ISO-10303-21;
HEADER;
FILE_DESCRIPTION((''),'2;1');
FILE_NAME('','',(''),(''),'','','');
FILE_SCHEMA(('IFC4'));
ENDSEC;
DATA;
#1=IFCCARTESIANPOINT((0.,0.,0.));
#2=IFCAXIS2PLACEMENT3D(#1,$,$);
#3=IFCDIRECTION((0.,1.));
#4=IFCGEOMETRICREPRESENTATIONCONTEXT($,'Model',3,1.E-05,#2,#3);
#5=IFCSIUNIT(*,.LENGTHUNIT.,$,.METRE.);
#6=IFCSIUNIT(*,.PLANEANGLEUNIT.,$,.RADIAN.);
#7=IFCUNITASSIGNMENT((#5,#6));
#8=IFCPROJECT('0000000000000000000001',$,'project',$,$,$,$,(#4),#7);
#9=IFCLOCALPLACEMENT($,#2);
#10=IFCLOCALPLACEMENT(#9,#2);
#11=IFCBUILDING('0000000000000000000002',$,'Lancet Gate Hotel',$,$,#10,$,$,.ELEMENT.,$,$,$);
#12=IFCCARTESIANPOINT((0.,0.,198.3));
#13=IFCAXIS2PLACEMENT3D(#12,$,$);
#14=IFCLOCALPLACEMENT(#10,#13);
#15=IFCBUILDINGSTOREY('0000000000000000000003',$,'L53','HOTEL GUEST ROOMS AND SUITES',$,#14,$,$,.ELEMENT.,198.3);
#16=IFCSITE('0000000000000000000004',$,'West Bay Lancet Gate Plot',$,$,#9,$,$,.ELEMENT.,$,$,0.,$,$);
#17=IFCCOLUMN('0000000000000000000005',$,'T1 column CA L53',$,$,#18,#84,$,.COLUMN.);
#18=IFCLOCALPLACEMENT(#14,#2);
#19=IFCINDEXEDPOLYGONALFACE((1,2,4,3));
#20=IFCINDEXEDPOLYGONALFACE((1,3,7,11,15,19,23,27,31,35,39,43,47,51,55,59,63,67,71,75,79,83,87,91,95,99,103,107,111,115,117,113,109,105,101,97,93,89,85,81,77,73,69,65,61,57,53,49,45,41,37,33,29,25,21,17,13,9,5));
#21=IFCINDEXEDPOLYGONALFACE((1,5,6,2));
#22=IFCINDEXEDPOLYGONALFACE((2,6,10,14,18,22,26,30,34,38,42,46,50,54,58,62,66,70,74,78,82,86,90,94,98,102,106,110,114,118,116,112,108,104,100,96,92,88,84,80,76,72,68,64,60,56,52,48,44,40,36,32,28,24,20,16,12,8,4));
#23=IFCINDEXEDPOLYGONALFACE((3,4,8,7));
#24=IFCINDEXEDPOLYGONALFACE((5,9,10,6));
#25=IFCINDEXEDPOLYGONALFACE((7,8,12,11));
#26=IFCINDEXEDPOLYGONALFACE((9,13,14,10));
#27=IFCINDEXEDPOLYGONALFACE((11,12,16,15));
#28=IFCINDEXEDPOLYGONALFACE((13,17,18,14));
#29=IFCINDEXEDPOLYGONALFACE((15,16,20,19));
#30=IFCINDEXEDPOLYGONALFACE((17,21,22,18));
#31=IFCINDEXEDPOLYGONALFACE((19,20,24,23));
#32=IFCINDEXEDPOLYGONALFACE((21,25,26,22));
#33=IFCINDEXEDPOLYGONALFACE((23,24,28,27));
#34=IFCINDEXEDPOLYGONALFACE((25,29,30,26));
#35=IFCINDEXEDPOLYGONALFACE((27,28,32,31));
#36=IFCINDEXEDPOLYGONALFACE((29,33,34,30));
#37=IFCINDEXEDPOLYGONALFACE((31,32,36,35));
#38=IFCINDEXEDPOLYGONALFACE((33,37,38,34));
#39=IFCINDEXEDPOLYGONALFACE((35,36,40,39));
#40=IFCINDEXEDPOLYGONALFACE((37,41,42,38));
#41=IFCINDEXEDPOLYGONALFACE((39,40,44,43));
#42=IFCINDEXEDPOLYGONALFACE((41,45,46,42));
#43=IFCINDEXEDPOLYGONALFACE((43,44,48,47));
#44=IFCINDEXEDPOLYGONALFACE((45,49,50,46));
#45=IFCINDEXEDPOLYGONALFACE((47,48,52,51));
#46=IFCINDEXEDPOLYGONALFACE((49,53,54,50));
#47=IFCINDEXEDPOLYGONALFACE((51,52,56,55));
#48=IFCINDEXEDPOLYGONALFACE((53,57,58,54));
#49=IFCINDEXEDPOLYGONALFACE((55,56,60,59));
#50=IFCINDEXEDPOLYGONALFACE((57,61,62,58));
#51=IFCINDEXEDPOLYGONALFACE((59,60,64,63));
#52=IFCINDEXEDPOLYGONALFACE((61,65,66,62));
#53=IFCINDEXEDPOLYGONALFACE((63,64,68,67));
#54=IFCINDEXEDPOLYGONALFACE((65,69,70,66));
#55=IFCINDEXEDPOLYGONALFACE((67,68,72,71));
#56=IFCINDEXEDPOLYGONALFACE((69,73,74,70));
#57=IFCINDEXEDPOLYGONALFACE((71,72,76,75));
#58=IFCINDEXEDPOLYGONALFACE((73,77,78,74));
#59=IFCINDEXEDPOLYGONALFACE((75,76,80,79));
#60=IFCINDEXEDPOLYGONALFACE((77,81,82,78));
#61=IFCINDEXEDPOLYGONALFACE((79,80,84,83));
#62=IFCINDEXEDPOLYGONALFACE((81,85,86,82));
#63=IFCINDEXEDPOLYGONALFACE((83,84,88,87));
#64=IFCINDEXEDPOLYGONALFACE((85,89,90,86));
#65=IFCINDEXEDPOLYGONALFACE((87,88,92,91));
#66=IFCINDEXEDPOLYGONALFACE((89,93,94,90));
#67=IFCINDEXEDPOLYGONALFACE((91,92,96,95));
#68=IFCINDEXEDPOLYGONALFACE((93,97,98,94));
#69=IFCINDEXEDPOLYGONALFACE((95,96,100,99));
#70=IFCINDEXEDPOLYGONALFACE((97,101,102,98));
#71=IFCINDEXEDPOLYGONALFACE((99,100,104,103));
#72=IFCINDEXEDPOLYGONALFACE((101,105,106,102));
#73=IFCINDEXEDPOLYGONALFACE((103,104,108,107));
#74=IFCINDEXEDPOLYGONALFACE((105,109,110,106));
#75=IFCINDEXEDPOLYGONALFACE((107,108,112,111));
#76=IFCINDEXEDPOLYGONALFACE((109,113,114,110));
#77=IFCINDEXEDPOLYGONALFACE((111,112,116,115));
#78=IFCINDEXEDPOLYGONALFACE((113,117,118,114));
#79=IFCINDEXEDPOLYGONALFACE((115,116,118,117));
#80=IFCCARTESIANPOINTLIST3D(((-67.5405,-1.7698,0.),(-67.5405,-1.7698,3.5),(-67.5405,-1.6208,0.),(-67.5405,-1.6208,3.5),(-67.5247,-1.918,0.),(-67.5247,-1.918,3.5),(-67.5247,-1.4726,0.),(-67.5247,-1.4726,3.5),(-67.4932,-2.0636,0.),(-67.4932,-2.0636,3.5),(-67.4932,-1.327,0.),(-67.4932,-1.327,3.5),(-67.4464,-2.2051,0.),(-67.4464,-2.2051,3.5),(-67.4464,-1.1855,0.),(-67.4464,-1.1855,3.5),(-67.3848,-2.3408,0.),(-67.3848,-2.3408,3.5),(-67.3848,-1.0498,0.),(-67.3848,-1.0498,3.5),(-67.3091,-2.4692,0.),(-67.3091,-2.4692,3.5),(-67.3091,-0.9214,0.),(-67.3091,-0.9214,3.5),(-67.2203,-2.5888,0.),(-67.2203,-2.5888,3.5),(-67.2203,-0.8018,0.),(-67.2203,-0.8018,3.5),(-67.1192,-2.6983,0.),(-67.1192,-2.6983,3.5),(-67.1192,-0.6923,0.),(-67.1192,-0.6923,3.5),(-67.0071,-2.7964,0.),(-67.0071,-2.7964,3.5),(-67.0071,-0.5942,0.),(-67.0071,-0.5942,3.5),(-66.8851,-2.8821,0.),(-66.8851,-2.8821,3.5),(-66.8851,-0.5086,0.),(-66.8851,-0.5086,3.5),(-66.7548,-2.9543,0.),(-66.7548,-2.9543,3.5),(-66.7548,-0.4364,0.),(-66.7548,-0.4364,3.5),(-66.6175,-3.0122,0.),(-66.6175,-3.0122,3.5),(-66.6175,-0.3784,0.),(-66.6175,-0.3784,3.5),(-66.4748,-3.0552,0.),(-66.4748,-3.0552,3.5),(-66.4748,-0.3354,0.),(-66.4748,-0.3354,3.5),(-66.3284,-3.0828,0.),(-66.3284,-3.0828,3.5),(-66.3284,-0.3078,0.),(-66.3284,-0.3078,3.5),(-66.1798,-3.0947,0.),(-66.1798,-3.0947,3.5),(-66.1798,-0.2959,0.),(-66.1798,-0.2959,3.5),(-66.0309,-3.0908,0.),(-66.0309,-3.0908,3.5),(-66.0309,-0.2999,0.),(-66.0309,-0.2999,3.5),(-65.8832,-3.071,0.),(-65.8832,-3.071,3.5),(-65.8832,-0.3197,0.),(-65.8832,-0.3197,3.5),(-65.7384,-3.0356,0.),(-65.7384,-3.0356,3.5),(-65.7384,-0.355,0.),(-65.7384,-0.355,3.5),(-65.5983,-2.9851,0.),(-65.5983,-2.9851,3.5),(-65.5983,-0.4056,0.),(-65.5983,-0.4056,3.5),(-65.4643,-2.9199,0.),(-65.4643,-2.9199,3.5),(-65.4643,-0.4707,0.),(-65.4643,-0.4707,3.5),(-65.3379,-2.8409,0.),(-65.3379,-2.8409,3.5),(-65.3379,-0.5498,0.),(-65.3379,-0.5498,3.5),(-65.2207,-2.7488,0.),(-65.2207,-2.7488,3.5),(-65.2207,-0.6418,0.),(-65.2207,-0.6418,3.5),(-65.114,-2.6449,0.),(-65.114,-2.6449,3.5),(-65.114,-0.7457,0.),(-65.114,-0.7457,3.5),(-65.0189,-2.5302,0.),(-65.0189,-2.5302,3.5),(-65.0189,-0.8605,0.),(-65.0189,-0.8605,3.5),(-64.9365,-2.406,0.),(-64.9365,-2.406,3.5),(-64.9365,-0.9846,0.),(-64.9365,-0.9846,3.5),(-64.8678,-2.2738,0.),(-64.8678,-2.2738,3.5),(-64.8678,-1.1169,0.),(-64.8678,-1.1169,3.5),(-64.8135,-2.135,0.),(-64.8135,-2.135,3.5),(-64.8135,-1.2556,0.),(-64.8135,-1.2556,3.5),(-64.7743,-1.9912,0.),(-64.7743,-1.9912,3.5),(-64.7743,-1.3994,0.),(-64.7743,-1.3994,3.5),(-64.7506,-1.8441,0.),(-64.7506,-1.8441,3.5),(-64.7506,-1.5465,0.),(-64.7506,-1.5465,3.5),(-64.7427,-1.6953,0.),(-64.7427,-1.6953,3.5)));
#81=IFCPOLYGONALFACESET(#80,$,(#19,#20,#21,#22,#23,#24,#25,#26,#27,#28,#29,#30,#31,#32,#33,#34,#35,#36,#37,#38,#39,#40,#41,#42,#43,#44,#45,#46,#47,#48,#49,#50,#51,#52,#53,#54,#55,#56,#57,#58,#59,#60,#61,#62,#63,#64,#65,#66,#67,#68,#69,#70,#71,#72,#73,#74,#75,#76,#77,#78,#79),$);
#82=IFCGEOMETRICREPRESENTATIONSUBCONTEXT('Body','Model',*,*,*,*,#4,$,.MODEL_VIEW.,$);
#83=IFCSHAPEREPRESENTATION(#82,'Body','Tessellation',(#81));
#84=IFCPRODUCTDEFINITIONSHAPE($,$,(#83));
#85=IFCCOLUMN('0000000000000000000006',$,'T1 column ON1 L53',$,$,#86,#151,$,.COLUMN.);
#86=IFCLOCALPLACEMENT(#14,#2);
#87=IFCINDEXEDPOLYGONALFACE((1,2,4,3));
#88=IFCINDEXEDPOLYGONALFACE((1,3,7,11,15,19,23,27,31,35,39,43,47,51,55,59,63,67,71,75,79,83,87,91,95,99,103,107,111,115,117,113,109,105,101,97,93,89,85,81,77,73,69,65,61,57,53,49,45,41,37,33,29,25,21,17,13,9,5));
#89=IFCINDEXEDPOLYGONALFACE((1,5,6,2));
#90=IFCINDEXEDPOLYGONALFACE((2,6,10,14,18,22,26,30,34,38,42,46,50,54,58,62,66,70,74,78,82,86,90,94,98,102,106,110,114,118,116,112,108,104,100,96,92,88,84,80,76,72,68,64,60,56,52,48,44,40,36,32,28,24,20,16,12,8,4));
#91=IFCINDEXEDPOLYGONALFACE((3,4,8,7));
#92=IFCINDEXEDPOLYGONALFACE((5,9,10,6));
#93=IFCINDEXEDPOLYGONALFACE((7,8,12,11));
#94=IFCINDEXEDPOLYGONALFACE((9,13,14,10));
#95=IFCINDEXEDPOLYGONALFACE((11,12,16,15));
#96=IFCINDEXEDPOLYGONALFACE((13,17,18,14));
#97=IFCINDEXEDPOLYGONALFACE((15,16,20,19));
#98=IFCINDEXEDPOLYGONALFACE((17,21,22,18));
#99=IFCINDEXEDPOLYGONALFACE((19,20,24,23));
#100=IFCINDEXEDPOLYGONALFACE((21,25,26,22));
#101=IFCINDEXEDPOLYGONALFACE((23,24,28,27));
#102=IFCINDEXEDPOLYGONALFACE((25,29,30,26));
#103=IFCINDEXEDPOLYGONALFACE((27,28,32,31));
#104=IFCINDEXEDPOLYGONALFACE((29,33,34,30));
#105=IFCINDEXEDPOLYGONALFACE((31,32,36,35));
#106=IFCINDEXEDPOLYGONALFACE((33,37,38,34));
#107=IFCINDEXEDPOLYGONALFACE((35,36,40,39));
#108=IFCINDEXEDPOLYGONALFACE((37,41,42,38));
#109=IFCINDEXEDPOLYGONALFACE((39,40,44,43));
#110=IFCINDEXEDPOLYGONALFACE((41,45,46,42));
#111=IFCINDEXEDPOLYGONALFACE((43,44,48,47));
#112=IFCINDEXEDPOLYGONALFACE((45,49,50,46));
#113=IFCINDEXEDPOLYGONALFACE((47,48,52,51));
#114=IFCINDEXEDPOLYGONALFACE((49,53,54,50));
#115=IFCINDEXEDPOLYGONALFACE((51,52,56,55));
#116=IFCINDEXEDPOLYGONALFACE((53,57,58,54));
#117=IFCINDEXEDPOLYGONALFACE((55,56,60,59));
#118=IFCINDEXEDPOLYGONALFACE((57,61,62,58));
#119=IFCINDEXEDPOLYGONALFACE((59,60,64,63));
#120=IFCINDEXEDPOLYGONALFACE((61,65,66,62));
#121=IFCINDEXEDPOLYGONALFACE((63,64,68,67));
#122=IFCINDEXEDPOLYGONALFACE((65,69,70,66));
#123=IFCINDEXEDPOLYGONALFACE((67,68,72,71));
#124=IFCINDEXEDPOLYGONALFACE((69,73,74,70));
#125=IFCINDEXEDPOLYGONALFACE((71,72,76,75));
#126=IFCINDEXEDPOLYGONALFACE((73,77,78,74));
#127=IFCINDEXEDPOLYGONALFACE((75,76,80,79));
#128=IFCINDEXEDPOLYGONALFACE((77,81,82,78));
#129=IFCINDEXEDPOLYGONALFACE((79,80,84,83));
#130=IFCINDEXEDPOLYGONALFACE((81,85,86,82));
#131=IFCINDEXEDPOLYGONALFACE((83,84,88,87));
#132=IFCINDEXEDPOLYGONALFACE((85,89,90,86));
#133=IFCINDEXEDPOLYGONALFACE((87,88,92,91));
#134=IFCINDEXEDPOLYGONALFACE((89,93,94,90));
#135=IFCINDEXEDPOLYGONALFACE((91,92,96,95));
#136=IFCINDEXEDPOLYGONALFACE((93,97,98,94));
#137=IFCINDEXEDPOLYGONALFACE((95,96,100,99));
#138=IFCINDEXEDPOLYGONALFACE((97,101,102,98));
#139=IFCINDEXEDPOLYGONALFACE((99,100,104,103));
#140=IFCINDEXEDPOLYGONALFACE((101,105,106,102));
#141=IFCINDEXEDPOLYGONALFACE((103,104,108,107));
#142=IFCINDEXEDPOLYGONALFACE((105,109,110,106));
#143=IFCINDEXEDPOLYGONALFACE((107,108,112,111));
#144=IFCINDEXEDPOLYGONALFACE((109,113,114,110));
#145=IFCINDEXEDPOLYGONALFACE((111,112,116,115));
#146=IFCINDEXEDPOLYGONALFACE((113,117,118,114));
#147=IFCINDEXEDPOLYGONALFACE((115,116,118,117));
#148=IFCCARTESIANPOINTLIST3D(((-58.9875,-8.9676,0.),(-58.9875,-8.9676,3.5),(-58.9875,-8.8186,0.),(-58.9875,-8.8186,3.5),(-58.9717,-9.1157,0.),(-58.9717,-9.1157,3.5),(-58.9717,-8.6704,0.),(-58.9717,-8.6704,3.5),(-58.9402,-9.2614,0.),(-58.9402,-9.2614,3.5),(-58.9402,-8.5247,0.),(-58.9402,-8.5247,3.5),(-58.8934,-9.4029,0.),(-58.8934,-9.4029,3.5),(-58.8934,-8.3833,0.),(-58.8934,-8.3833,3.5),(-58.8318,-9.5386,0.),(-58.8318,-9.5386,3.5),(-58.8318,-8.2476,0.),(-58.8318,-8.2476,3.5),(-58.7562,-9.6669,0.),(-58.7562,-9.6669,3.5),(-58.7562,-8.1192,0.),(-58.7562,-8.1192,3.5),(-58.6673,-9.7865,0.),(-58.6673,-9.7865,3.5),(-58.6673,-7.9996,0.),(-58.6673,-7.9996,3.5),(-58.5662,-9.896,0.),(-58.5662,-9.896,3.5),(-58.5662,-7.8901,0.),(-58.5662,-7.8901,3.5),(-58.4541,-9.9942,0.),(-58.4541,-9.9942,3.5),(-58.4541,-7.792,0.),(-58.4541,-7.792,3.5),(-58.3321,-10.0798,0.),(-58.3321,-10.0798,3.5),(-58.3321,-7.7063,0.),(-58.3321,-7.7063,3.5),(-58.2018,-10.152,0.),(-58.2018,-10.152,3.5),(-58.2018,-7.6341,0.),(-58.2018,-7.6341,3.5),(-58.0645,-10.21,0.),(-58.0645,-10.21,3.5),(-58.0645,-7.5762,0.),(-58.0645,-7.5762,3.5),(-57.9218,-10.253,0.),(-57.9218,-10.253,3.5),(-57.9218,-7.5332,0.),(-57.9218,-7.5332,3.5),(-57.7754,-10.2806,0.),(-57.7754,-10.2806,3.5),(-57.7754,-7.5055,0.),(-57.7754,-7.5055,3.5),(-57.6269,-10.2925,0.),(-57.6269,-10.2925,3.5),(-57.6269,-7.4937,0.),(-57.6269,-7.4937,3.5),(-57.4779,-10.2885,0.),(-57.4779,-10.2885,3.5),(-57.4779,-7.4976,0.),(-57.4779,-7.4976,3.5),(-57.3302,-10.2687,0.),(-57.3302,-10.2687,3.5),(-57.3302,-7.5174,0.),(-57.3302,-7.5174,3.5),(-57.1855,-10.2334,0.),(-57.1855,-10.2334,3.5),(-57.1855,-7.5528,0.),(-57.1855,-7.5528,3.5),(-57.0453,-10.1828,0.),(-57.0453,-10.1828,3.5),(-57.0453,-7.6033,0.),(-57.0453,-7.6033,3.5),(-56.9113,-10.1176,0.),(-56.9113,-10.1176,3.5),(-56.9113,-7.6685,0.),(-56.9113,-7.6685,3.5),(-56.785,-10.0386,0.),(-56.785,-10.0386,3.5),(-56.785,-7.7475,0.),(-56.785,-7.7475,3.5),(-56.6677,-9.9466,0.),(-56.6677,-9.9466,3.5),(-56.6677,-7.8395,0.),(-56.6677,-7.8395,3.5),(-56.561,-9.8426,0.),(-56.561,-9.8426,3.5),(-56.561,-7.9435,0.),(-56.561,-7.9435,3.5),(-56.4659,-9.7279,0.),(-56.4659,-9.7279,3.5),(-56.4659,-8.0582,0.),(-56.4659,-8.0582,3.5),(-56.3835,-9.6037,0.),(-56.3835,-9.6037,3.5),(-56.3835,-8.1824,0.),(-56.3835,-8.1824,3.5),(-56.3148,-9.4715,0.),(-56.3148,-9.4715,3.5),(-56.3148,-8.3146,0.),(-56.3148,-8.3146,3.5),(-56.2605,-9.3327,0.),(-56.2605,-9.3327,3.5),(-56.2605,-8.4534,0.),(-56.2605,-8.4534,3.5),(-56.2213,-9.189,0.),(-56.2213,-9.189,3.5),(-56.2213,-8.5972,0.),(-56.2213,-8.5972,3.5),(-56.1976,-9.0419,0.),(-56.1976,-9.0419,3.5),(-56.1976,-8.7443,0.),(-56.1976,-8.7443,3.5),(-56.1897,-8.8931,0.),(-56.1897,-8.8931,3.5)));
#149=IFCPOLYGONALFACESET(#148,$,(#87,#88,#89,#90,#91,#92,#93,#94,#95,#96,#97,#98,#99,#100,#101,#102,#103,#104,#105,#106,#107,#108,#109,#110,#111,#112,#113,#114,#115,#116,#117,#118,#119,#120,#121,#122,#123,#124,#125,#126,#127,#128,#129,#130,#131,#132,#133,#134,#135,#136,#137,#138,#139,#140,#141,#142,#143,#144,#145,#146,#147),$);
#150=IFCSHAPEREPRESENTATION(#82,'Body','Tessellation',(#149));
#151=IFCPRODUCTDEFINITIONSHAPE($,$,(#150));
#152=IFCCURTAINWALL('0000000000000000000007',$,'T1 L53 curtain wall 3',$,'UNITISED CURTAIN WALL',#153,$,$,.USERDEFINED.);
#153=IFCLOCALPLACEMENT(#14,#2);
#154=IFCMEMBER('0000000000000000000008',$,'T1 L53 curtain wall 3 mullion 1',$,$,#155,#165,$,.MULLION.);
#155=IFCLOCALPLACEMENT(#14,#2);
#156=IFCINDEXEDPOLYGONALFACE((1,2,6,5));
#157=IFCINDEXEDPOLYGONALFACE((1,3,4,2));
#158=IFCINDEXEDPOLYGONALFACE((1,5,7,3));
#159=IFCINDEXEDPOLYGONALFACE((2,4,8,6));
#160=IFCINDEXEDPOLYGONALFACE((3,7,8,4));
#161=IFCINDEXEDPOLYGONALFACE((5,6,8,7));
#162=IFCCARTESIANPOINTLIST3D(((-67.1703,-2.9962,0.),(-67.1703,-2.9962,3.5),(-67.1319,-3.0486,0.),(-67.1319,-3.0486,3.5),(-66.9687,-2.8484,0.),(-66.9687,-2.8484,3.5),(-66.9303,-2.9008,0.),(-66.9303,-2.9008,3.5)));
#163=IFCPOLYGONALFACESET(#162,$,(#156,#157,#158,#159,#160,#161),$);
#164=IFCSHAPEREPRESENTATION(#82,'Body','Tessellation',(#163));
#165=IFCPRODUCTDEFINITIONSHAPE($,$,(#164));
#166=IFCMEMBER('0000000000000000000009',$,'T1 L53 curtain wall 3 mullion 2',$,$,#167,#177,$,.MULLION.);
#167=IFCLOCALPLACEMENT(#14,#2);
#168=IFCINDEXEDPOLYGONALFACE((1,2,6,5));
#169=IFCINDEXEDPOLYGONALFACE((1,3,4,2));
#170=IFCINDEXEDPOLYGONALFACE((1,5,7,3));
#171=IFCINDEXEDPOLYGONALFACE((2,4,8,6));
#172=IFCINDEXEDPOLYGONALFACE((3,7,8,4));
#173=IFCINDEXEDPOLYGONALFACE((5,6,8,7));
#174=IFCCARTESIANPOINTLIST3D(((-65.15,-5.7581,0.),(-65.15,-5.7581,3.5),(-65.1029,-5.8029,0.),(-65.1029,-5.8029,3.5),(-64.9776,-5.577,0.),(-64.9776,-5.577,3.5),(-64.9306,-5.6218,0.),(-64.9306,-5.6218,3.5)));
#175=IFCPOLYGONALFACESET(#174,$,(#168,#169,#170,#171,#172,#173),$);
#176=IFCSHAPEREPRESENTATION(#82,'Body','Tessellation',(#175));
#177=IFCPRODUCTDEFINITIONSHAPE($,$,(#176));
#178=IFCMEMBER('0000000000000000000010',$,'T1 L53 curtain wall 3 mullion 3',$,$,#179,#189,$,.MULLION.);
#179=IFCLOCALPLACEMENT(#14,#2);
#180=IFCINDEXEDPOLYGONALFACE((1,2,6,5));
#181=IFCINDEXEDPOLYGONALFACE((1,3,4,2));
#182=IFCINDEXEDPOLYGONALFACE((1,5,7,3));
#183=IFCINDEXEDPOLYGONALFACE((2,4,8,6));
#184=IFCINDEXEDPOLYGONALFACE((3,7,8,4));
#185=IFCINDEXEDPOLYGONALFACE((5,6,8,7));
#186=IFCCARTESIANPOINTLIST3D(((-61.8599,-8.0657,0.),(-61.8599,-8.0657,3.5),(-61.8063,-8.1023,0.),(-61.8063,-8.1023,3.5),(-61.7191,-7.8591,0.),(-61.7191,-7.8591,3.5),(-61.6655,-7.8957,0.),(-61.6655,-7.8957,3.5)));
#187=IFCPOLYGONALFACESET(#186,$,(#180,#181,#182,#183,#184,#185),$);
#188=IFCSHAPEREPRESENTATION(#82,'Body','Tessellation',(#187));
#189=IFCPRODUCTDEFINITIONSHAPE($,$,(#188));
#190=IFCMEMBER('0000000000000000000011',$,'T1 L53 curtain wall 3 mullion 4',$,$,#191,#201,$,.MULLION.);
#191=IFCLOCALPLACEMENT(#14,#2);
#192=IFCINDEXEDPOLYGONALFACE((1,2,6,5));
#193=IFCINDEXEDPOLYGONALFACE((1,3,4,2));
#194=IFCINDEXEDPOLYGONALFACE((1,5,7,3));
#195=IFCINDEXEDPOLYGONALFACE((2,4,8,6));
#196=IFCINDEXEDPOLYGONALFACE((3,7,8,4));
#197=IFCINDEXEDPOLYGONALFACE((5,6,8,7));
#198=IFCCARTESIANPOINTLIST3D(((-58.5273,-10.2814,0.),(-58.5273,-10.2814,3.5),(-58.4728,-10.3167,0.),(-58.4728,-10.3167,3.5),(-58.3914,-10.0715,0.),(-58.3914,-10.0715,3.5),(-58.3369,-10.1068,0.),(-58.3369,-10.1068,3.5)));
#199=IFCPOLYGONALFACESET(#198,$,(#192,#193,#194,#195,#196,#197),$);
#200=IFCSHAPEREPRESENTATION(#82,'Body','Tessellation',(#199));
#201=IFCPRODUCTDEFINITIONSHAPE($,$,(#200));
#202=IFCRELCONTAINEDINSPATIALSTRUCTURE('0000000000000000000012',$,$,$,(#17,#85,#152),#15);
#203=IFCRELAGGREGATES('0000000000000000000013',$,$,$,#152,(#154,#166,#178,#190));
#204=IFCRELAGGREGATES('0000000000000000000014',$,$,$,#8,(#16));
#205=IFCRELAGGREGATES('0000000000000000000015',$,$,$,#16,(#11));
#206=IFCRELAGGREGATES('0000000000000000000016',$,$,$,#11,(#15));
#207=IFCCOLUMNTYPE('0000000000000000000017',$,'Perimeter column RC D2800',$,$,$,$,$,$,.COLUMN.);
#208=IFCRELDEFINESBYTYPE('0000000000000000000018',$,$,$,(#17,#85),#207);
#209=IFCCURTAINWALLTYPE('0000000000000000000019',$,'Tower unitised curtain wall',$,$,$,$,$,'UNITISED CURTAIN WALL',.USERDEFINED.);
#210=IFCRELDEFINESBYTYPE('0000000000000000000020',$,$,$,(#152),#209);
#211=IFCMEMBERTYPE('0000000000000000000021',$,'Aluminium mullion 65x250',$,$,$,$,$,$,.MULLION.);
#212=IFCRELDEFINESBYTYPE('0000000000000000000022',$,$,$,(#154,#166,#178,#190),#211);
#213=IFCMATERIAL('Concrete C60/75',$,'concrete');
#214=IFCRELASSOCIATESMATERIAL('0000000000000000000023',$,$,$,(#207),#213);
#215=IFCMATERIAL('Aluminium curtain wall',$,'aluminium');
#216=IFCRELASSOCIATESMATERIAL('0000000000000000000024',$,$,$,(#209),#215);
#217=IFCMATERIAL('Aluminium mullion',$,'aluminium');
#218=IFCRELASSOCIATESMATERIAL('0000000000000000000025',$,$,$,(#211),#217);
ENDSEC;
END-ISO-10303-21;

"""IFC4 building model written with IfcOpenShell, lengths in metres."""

from ifc_helpers import new_model, si_unit, direction, frame, origin, origin_2d, place, context, subcontext, project, spatial, rectangle, circle, extrude, material, material_profile, profile_set, type_object, element, aggregate, save


model = new_model("IFC4")

# Units and contexts
model_context = context("Model", 3, precision=1e-05, world=origin(), true_north=direction((0.0, 1.0)))
body_context = subcontext(model_context, "Body", "Model", "MODEL_VIEW")
ifc_project = project(units=[si_unit("LENGTHUNIT", "METRE"), si_unit("PLANEANGLEUNIT", "RADIAN")], contexts=[model_context])

# Site, building, storey
site_placement = place(None, origin())
site = spatial("IfcSite", under=ifc_project, at=site_placement, Name="West Bay Lancet Gate Plot", CompositionType="ELEMENT", RefElevation=0.0)
building_placement = place(site_placement, origin())
building = spatial("IfcBuilding", under=site, at=building_placement, Name="Lancet Gate Hotel", CompositionType="ELEMENT")
storey_placement = place(building_placement, frame((0.0, 0.0, 198.3)))
storey = spatial("IfcBuildingStorey", under=building, at=storey_placement, Name="L53", Description="HOTEL GUEST ROOMS AND SUITES", CompositionType="ELEMENT", Elevation=198.3)

# Columns
ifc_material_1 = material(Name="Concrete C60/75", Category="concrete")
ifc_material_profile_1 = material_profile(ifc_material_1, circle(Radius=1.3999, at=origin_2d()), Name="RC D2800")
ifc_profile_set_1 = profile_set([ifc_material_profile_1], Name="Concrete C60/75")
column_type = type_object("IfcColumnType", Name="Perimeter column RC D2800", PredefinedType="COLUMN", material=ifc_profile_set_1)
for number, where, z_axis, x_axis, name in (
    (1, (-66.1426, -1.6953, 0.0), (0.0, 0.0, 1.0), (1.0, 0.0, 0.0), "T1 column CA L53"),
    (2, (-57.5896, -8.8931, 0.0), (0.0, 0.0, 1.0), (1.0, 0.0, 0.0), "T1 column ON1 L53"),
):
    element("IfcColumn", number, at=place(storey_placement, frame(where, z_axis=z_axis, x_axis=x_axis)), inside=storey, type_object=column_type, Name=name, PredefinedType="COLUMN", context=body_context, shape_type="SweptSolid", body=[
        extrude(circle(Radius=1.3999, at=origin_2d()), origin(), (0.0, 0.0, 1.0), 3.5),
    ])

# Curtain wall, members
ifc_material_2 = material(Name="Aluminium curtain wall", Category="aluminium")
curtain_wall_type = type_object("IfcCurtainWallType", Name="Tower unitised curtain wall", ElementType="UNITISED CURTAIN WALL", PredefinedType="USERDEFINED", material=ifc_material_2)
curtain_wall_placement = place(storey_placement, origin())
curtain_wall = element("IfcCurtainWall", 3, at=curtain_wall_placement, inside=storey, type_object=curtain_wall_type, Name="T1 L53 curtain wall 3", ObjectType="UNITISED CURTAIN WALL", PredefinedType="USERDEFINED")
ifc_material_3 = material(Name="Aluminium mullion", Category="aluminium")
ifc_material_profile_2 = material_profile(ifc_material_3, rectangle(XDim=0.0649, YDim=0.25, at=origin_2d()), Name="MULLION 65x250")
ifc_profile_set_2 = profile_set([ifc_material_profile_2], Name="Aluminium mullion")
member_type_1 = type_object("IfcMemberType", Name="Aluminium mullion 65x250", PredefinedType="MULLION", material=ifc_profile_set_2)
member_1_placement = place(storey_placement, frame((-67.0503, -2.9485, 0.0), z_axis=(0.0, 0.0, 1.0), x_axis=(0.5913, -0.806452, 0.0)))
member_1 = element("IfcMember", 4, at=member_1_placement, type_object=member_type_1, Name="T1 L53 curtain wall 3 mullion 1", PredefinedType="MULLION", context=body_context, shape_type="SweptSolid", body=[
    extrude(rectangle(XDim=0.0649, YDim=0.25, at=origin_2d()), origin(), (0.0, 0.0, 1.0), 3.5),
])
member_2_placement = place(storey_placement, frame((-65.0403, -5.6899, 0.0), z_axis=(0.0, 0.0, 1.0), x_axis=(0.724382, -0.689399, 0.0)))
member_2 = element("IfcMember", 5, at=member_2_placement, type_object=member_type_1, Name="T1 L53 curtain wall 3 mullion 2", PredefinedType="MULLION", context=body_context, shape_type="SweptSolid", body=[
    extrude(rectangle(XDim=0.0649, YDim=0.25, at=origin_2d()), origin(), (0.0, 0.0, 1.0), 3.5),
])
member_3_placement = place(storey_placement, frame((-61.7627, -7.9807, 0.0), z_axis=(0.0, 0.0, 1.0), x_axis=(0.826312, -0.563212, 0.0)))
member_3 = element("IfcMember", 6, at=member_3_placement, type_object=member_type_1, Name="T1 L53 curtain wall 3 mullion 3", PredefinedType="MULLION", context=body_context, shape_type="SweptSolid", body=[
    extrude(rectangle(XDim=0.0649, YDim=0.25, at=origin_2d()), origin(), (0.0, 0.0, 1.0), 3.5),
])
member_4_placement = place(storey_placement, frame((-58.4321, -10.1941, 0.0), z_axis=(0.0, 0.0, 1.0), x_axis=(0.839331, -0.543621, 0.0)))
member_4 = element("IfcMember", 7, at=member_4_placement, type_object=member_type_1, Name="T1 L53 curtain wall 3 mullion 4", PredefinedType="MULLION", context=body_context, shape_type="SweptSolid", body=[
    extrude(rectangle(XDim=0.0649, YDim=0.25, at=origin_2d()), origin(), (0.0, 0.0, 1.0), 3.5),
])

aggregate(curtain_wall, [member_1, member_2, member_3, member_4])

save(model, "model.ifc")
